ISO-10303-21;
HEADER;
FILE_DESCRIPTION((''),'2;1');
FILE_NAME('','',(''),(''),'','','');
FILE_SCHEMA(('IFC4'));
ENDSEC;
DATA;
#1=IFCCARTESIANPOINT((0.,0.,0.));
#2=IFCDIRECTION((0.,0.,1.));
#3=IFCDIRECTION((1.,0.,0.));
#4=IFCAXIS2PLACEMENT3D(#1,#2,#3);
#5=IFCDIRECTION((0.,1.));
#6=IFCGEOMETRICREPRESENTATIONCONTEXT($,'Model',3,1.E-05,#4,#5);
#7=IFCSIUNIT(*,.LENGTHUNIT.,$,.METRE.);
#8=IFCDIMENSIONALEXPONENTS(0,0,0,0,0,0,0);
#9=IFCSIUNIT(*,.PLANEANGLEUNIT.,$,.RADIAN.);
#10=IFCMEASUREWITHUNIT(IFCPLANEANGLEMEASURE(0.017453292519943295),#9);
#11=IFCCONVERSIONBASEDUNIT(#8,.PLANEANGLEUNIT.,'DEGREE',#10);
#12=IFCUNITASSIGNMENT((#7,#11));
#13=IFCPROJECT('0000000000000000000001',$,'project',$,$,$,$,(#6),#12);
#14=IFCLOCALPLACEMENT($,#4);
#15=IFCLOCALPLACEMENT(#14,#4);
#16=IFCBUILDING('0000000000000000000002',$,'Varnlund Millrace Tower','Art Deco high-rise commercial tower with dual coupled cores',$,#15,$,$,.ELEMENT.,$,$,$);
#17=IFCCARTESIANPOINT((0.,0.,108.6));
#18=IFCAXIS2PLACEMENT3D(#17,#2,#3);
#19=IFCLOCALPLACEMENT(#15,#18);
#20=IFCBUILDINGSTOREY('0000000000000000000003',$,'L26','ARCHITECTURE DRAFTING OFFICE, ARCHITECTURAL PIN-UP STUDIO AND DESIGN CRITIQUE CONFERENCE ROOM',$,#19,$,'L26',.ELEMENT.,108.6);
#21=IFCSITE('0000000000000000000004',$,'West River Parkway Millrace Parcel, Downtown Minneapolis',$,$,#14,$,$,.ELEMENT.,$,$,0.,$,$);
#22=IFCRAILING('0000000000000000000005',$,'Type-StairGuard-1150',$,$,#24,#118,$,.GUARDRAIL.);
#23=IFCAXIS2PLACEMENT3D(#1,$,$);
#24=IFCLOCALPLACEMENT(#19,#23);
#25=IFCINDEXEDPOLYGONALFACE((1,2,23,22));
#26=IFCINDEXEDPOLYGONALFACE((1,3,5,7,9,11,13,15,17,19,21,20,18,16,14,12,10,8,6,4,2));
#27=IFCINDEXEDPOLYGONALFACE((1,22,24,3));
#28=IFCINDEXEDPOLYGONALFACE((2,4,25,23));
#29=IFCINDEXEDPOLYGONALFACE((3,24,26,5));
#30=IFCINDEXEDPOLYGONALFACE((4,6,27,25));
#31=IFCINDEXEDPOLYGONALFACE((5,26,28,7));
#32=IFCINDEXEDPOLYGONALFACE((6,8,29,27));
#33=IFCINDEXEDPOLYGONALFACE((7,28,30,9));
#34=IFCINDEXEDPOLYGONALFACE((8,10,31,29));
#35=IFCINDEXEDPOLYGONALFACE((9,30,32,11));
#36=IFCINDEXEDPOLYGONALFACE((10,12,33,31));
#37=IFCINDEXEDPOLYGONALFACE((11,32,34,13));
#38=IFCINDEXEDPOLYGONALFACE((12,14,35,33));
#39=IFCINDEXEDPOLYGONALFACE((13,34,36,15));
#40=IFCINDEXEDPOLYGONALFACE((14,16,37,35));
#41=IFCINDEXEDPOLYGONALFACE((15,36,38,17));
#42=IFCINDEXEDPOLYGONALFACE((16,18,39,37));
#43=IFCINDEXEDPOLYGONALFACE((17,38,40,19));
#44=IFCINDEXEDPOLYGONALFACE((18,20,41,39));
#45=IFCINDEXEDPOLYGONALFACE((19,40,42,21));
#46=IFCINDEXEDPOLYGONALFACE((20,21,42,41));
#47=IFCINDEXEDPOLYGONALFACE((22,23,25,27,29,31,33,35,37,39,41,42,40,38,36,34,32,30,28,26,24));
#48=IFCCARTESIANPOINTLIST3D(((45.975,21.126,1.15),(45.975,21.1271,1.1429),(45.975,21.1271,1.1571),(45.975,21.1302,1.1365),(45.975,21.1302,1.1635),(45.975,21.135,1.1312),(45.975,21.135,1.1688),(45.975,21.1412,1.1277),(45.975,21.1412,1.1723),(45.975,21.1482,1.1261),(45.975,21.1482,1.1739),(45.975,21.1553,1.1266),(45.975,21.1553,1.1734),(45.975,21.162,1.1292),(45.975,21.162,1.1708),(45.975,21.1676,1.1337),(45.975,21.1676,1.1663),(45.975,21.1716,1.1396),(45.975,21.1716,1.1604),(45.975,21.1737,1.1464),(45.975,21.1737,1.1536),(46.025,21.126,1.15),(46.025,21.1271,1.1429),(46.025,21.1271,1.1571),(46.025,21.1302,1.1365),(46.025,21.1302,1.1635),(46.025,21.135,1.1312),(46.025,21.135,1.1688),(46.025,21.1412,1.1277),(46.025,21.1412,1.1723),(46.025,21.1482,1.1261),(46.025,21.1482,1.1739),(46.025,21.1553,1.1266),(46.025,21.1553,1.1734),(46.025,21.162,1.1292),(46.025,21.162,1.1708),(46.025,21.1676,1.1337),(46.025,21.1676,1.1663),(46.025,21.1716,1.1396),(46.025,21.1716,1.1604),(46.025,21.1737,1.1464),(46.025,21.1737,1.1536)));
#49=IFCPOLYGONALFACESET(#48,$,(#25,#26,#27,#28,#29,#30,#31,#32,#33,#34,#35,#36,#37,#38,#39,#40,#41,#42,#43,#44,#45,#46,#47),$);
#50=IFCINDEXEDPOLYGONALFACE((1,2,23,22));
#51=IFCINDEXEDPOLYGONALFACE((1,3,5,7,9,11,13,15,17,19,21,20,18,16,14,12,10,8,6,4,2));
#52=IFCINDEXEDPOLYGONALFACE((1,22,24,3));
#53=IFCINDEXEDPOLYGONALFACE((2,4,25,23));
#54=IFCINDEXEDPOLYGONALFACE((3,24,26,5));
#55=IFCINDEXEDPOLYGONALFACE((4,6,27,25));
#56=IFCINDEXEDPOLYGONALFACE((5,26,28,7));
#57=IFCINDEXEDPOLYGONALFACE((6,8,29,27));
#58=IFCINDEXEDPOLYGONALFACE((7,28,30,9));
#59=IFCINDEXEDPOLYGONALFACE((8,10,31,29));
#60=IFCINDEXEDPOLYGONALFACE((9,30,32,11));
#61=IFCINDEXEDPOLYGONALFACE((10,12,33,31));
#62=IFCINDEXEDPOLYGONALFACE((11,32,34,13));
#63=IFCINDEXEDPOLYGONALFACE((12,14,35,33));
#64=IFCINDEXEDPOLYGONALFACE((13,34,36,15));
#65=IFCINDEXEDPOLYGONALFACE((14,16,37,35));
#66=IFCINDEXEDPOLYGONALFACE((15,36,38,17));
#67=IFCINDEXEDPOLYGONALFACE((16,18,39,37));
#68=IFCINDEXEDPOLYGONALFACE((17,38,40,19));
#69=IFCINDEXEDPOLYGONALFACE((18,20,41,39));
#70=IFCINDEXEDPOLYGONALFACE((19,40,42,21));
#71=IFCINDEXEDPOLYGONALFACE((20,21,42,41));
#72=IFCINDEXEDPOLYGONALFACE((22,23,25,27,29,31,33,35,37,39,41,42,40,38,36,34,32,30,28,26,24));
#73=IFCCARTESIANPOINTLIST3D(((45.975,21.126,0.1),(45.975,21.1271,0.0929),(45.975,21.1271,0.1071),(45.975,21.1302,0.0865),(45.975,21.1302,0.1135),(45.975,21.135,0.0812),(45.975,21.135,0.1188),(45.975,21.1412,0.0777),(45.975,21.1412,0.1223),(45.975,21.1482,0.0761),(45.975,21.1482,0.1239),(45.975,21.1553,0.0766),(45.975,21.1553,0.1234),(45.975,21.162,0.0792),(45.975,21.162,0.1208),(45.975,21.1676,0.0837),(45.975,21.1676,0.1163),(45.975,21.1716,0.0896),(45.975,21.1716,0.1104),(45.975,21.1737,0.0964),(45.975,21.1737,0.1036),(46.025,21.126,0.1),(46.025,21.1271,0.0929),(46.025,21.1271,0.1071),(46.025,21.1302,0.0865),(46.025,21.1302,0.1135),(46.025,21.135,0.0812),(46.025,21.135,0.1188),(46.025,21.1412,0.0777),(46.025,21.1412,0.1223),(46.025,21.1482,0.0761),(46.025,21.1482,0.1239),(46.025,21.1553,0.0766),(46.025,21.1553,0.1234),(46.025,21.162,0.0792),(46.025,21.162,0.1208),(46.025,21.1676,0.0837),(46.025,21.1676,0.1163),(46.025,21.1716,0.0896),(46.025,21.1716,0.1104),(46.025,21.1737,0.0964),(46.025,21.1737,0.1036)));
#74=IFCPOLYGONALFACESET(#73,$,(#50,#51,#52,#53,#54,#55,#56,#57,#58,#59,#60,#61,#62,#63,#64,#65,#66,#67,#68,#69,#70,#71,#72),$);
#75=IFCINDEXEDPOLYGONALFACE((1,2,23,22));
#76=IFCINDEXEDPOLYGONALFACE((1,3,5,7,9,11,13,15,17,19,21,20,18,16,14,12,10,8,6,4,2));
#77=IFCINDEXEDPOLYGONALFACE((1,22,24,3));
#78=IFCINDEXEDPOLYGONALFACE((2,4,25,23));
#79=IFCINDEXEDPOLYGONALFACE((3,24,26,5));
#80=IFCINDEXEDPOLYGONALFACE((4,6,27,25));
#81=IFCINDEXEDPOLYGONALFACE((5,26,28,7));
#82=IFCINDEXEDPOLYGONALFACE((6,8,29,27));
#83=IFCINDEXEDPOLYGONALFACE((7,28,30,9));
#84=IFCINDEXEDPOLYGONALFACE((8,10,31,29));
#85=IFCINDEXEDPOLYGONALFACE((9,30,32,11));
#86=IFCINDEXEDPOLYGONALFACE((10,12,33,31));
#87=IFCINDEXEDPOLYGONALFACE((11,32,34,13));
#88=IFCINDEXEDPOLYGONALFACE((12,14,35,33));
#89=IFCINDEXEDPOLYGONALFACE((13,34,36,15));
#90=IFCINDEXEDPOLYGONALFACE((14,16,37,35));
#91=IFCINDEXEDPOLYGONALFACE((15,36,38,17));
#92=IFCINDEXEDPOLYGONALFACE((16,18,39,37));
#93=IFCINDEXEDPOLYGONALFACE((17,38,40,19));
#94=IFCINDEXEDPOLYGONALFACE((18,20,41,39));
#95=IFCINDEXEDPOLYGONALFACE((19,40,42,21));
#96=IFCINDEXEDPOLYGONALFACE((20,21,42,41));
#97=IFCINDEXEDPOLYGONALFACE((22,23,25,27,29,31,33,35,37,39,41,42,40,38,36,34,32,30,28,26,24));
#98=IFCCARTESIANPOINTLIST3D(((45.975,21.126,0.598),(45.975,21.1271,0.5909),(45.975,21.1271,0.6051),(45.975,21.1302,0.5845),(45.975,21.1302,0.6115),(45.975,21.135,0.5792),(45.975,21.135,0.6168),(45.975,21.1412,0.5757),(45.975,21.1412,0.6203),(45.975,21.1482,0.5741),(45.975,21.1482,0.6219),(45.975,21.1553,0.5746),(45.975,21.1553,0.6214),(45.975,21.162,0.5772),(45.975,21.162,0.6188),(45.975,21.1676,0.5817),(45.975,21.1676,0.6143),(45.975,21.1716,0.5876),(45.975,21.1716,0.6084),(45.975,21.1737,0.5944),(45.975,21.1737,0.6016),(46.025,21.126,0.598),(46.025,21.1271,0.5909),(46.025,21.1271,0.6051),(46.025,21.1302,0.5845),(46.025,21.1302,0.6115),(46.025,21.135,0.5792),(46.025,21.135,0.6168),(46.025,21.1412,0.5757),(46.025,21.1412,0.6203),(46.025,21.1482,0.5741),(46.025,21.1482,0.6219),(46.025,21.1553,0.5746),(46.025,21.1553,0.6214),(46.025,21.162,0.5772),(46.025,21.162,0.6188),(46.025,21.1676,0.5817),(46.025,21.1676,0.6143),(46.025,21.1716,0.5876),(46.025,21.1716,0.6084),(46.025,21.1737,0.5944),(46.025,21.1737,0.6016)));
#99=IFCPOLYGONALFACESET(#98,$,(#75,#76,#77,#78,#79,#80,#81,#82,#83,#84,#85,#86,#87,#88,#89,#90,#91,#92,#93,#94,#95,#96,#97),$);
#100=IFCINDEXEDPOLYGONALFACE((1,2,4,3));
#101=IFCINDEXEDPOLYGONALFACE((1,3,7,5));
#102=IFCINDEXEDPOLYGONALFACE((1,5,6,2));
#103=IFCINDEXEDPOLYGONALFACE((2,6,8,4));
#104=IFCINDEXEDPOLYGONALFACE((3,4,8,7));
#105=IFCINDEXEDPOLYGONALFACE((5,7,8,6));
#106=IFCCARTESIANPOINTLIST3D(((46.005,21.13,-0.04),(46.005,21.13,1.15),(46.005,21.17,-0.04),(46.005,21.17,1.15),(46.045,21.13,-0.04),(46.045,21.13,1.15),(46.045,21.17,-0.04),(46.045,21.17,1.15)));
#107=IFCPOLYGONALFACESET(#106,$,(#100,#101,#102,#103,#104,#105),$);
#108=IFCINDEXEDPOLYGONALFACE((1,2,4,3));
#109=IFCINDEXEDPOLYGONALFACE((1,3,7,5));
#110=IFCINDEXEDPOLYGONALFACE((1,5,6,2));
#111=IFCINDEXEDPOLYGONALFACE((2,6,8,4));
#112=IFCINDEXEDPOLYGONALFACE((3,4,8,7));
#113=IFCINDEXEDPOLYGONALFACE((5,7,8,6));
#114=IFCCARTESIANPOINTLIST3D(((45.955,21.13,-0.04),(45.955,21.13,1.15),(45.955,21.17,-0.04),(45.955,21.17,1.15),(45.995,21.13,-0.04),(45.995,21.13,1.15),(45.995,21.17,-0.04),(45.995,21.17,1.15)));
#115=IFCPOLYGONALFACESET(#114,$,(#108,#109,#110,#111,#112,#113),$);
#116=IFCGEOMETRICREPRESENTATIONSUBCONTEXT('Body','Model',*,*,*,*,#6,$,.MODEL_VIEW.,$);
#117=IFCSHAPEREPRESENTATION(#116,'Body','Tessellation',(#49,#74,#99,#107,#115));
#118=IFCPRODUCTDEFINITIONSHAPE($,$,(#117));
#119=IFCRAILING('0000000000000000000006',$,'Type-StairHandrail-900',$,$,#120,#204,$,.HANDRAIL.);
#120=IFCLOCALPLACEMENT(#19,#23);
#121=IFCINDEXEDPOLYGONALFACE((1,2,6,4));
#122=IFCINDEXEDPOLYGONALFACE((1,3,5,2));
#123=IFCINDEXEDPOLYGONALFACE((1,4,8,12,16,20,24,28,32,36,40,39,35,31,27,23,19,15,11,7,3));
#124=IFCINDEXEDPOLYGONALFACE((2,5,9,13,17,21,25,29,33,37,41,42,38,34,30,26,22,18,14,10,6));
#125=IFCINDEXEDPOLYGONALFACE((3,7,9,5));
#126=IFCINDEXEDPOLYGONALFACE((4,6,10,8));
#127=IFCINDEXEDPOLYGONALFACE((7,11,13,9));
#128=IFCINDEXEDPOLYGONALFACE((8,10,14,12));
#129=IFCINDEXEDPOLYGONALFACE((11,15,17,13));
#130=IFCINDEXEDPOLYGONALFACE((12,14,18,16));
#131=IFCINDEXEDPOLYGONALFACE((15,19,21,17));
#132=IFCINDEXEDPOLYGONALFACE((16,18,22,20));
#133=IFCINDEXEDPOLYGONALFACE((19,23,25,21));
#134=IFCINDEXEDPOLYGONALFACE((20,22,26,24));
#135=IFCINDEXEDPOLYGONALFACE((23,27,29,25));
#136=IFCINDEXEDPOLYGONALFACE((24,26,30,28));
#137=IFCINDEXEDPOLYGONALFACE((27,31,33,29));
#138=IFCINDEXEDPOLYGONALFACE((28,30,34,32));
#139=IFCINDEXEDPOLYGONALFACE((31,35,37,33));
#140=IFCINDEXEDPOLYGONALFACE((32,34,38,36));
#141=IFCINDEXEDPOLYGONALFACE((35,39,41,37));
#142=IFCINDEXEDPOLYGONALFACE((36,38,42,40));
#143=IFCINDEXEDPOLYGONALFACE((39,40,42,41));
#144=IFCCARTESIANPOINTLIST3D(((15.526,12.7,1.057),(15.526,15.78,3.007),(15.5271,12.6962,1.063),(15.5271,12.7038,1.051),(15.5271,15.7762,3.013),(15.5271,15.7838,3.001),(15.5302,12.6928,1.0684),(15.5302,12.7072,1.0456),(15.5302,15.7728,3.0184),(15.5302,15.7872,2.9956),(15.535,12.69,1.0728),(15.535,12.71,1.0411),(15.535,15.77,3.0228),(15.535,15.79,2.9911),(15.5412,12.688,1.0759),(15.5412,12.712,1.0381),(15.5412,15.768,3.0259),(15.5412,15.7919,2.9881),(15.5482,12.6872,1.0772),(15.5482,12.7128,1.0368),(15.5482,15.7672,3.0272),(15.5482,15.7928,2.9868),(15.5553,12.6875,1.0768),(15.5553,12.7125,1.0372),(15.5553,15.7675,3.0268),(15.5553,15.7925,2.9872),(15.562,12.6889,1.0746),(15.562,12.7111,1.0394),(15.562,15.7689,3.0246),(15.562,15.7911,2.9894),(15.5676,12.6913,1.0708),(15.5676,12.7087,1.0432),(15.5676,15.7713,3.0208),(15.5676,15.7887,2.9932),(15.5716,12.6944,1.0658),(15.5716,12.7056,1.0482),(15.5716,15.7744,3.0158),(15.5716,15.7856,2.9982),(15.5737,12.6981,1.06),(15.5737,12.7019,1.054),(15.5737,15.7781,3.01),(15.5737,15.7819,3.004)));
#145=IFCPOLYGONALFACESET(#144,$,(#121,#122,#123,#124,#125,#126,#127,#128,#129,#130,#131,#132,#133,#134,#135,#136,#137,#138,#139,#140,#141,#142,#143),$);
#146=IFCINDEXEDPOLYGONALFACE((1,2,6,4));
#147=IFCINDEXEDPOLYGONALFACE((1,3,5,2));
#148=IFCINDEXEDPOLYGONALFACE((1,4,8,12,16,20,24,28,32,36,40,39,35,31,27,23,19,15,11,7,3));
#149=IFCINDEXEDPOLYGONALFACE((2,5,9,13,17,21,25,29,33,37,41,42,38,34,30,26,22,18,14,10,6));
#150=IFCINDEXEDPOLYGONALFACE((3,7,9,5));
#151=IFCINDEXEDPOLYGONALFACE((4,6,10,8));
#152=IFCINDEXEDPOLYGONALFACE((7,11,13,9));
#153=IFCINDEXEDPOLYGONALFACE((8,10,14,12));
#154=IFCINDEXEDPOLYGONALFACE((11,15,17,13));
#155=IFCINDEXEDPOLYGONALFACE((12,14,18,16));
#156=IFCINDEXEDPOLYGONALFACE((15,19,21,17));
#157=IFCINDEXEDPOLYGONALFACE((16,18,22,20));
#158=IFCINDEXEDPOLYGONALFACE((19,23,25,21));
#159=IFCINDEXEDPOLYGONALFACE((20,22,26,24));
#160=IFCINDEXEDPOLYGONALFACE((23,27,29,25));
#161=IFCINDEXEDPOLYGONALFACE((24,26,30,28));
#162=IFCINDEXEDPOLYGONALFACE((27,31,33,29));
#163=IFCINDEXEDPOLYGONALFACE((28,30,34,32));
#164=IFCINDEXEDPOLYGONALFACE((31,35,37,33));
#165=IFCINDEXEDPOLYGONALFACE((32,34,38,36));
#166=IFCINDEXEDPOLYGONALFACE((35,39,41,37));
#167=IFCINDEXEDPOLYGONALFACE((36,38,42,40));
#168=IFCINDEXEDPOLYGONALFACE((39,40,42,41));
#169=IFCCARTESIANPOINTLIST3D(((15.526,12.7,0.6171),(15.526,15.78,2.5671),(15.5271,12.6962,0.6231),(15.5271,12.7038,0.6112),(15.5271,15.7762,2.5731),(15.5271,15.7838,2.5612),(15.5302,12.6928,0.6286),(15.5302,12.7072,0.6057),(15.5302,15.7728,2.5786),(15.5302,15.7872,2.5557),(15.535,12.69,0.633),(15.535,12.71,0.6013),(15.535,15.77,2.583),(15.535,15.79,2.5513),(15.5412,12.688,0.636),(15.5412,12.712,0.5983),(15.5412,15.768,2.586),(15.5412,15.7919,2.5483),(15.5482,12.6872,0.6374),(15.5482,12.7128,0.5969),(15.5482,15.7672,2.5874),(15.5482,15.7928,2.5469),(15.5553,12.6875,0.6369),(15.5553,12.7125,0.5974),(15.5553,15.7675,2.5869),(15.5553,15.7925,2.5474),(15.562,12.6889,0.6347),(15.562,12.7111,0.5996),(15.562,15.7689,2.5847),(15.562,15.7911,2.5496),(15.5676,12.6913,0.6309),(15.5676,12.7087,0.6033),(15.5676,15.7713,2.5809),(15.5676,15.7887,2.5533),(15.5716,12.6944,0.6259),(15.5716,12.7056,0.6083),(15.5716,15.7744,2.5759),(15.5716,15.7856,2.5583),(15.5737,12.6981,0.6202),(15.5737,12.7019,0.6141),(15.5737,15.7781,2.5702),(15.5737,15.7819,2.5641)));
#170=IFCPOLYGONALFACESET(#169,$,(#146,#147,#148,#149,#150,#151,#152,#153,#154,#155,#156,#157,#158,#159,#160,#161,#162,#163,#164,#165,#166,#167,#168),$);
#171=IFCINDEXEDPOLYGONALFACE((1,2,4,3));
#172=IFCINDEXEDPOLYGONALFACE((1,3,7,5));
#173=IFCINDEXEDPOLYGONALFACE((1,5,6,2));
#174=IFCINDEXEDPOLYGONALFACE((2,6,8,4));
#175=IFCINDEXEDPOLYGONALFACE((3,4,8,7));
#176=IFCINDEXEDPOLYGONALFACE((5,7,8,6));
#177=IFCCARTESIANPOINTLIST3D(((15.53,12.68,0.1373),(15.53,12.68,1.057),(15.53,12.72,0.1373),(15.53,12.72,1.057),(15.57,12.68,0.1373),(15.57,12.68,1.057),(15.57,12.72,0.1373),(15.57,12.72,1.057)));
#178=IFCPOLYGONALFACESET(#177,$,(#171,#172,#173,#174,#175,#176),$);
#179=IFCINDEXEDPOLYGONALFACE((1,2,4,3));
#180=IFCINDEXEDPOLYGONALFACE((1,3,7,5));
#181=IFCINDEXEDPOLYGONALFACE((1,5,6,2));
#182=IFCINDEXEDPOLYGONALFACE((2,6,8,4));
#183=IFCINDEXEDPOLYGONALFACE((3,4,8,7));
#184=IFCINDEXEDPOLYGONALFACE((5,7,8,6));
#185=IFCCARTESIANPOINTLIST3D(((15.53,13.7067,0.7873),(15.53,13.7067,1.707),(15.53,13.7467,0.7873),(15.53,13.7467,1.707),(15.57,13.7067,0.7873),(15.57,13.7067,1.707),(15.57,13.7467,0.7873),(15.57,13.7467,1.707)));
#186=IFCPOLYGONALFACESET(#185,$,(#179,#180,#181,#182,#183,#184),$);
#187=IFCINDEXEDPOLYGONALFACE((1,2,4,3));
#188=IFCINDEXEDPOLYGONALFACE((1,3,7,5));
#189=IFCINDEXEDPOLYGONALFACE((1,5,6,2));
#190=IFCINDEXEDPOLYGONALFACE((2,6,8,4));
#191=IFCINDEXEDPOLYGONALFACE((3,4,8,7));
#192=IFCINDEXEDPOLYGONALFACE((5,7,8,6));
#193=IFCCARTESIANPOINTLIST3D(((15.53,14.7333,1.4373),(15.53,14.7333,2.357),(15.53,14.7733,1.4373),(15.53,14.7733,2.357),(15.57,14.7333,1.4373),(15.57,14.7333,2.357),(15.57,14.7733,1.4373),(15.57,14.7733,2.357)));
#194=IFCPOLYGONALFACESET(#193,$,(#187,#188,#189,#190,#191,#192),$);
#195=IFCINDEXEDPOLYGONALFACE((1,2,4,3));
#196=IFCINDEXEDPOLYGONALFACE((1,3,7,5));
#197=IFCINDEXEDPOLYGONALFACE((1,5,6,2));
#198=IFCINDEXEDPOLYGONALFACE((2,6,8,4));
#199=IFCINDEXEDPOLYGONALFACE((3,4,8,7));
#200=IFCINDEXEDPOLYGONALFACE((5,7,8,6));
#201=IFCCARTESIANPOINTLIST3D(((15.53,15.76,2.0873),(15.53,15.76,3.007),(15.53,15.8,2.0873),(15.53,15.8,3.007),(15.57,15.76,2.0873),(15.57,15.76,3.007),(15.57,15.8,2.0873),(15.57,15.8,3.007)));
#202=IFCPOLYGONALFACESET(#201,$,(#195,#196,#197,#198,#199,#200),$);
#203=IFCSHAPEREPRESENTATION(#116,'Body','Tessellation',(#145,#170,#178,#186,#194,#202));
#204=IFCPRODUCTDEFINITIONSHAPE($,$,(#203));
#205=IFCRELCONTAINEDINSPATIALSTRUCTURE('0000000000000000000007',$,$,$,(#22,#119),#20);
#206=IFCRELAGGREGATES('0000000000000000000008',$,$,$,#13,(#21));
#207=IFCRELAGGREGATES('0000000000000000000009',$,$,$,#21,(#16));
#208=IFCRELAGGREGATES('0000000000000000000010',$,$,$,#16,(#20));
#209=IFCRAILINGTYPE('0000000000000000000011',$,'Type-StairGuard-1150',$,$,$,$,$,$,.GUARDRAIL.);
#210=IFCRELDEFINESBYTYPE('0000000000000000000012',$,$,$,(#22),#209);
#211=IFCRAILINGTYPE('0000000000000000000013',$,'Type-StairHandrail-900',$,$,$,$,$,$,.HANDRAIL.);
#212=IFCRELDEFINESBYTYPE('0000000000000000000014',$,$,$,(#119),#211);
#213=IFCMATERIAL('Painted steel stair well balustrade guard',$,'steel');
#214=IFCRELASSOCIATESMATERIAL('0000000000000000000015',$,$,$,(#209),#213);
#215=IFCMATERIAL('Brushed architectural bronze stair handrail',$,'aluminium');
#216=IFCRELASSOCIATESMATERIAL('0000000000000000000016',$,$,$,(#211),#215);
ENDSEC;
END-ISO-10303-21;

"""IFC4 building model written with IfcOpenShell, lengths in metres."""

from ifc_helpers import new_model, entity, si_unit, converted_unit, direction, frame, origin_with_axes, origin_2d_with_axis, place, context, subcontext, project, spatial, rectangle, circle, extrude, material, type_object, element, save


model = new_model("IFC4")

# Units and contexts
model_context = context("Model", 3, precision=1e-05, world=origin_with_axes(), true_north=direction((0.0, 1.0)))
body_context = subcontext(model_context, "Body", "Model", "MODEL_VIEW")
ifc_project = project(units=[si_unit("LENGTHUNIT", "METRE"), converted_unit("PLANEANGLEUNIT", "DEGREE", entity("IfcPlaneAngleMeasure", 0.017453292519943295), si_unit("PLANEANGLEUNIT", "RADIAN"), dimensions=[0, 0, 0, 0, 0, 0, 0])], contexts=[model_context])

# Site, building, storey
site_placement = place(None, origin_with_axes())
site = spatial("IfcSite", under=ifc_project, at=site_placement, Name="West River Parkway Millrace Parcel, Downtown Minneapolis", CompositionType="ELEMENT", RefElevation=0.0)
building_placement = place(site_placement, origin_with_axes())
building = spatial("IfcBuilding", under=site, at=building_placement, Name="Varnlund Millrace Tower", Description="Art Deco high-rise commercial tower with dual coupled cores", CompositionType="ELEMENT")
storey_placement = place(building_placement, frame((0.0, 0.0, 108.6), z_axis=(0.0, 0.0, 1.0), x_axis=(1.0, 0.0, 0.0)))
storey = spatial("IfcBuildingStorey", under=building, at=storey_placement, Name="L26", Description="ARCHITECTURE DRAFTING OFFICE, ARCHITECTURAL PIN-UP STUDIO AND DESIGN CRITIQUE CONFERENCE ROOM", LongName="L26", CompositionType="ELEMENT", Elevation=108.6)

# Railings
ifc_material_1 = material(Name="Painted steel stair well balustrade guard", Category="steel")
railing_type_1 = type_object("IfcRailingType", Name="Type-StairGuard-1150", PredefinedType="GUARDRAIL", material=ifc_material_1)
railing_1_placement = place(storey_placement, frame((0.0, 0.0, -108.6), z_axis=(0.0, 0.0, 1.0), x_axis=(1.0, 0.0, 0.0)))
element("IfcRailing", 1, at=railing_1_placement, inside=storey, type_object=railing_type_1, Name="Type-StairGuard-1150", PredefinedType="GUARDRAIL", context=body_context, shape_type="SweptSolid", body=[
    extrude(circle(Radius=0.024, at=origin_2d_with_axis()), frame((46.025, 21.15, 109.75), z_axis=(-1.0, 0.0, 0.0), x_axis=(0.0, -1.0, 0.0)), (0.0, 0.0, 1.0), 0.05),
    extrude(circle(Radius=0.024, at=origin_2d_with_axis()), frame((46.025, 21.15, 108.7), z_axis=(-1.0, 0.0, 0.0), x_axis=(0.0, -1.0, 0.0)), (0.0, 0.0, 1.0), 0.05),
    extrude(circle(Radius=0.024, at=origin_2d_with_axis()), frame((46.025, 21.15, 109.198), z_axis=(-1.0, 0.0, 0.0), x_axis=(0.0, -1.0, 0.0)), (0.0, 0.0, 1.0), 0.05),
    extrude(rectangle(XDim=0.04, YDim=0.04, at=origin_2d_with_axis()), frame((46.025, 21.15, 108.56), z_axis=(0.0, 0.0, 1.0), x_axis=(1.0, 0.0, 0.0)), (0.0, 0.0, 1.0), 1.19),
    extrude(rectangle(XDim=0.04, YDim=0.04, at=origin_2d_with_axis()), frame((45.975, 21.15, 108.56), z_axis=(0.0, 0.0, 1.0), x_axis=(1.0, 0.0, 0.0)), (0.0, 0.0, 1.0), 1.19),
])
ifc_material_2 = material(Name="Brushed architectural bronze stair handrail", Category="aluminium")
railing_type_2 = type_object("IfcRailingType", Name="Type-StairHandrail-900", PredefinedType="HANDRAIL", material=ifc_material_2)
railing_2_placement = place(storey_placement, frame((0.0, 0.0, -108.6), z_axis=(0.0, 0.0, 1.0), x_axis=(1.0, 0.0, 0.0)))
element("IfcRailing", 2, at=railing_2_placement, inside=storey, type_object=railing_type_2, Name="Type-StairHandrail-900", PredefinedType="HANDRAIL", context=body_context, shape_type="SweptSolid", body=[
    extrude(circle(Radius=0.024, at=origin_2d_with_axis()), frame((15.55, 12.7, 109.657), z_axis=(0.0, 0.844902, 0.534922), x_axis=(-1.0, 0.0, 0.0)), (0.0, 0.0, 1.0), 3.6454),
    extrude(circle(Radius=0.024, at=origin_2d_with_axis()), frame((15.55, 12.7, 109.2171), z_axis=(0.0, 0.844902, 0.534922), x_axis=(-1.0, 0.0, 0.0)), (0.0, 0.0, 1.0), 3.6454),
    extrude(rectangle(XDim=0.04, YDim=0.04, at=origin_2d_with_axis()), frame((15.55, 12.7, 108.7373), z_axis=(0.0, 0.0, 1.0), x_axis=(1.0, 0.0, 0.0)), (0.0, 0.0, 1.0), 0.9197),
    extrude(rectangle(XDim=0.04, YDim=0.04, at=origin_2d_with_axis()), frame((15.55, 13.7267, 109.3873), z_axis=(0.0, 0.0, 1.0), x_axis=(1.0, 0.0, 0.0)), (0.0, 0.0, 1.0), 0.9197),
    extrude(rectangle(XDim=0.04, YDim=0.04, at=origin_2d_with_axis()), frame((15.55, 14.7533, 110.0373), z_axis=(0.0, 0.0, 1.0), x_axis=(1.0, 0.0, 0.0)), (0.0, 0.0, 1.0), 0.9197),
    extrude(rectangle(XDim=0.04, YDim=0.04, at=origin_2d_with_axis()), frame((15.55, 15.78, 110.6873), z_axis=(0.0, 0.0, 1.0), x_axis=(1.0, 0.0, 0.0)), (0.0, 0.0, 1.0), 0.9197),
])

save(model, "model.ifc")
